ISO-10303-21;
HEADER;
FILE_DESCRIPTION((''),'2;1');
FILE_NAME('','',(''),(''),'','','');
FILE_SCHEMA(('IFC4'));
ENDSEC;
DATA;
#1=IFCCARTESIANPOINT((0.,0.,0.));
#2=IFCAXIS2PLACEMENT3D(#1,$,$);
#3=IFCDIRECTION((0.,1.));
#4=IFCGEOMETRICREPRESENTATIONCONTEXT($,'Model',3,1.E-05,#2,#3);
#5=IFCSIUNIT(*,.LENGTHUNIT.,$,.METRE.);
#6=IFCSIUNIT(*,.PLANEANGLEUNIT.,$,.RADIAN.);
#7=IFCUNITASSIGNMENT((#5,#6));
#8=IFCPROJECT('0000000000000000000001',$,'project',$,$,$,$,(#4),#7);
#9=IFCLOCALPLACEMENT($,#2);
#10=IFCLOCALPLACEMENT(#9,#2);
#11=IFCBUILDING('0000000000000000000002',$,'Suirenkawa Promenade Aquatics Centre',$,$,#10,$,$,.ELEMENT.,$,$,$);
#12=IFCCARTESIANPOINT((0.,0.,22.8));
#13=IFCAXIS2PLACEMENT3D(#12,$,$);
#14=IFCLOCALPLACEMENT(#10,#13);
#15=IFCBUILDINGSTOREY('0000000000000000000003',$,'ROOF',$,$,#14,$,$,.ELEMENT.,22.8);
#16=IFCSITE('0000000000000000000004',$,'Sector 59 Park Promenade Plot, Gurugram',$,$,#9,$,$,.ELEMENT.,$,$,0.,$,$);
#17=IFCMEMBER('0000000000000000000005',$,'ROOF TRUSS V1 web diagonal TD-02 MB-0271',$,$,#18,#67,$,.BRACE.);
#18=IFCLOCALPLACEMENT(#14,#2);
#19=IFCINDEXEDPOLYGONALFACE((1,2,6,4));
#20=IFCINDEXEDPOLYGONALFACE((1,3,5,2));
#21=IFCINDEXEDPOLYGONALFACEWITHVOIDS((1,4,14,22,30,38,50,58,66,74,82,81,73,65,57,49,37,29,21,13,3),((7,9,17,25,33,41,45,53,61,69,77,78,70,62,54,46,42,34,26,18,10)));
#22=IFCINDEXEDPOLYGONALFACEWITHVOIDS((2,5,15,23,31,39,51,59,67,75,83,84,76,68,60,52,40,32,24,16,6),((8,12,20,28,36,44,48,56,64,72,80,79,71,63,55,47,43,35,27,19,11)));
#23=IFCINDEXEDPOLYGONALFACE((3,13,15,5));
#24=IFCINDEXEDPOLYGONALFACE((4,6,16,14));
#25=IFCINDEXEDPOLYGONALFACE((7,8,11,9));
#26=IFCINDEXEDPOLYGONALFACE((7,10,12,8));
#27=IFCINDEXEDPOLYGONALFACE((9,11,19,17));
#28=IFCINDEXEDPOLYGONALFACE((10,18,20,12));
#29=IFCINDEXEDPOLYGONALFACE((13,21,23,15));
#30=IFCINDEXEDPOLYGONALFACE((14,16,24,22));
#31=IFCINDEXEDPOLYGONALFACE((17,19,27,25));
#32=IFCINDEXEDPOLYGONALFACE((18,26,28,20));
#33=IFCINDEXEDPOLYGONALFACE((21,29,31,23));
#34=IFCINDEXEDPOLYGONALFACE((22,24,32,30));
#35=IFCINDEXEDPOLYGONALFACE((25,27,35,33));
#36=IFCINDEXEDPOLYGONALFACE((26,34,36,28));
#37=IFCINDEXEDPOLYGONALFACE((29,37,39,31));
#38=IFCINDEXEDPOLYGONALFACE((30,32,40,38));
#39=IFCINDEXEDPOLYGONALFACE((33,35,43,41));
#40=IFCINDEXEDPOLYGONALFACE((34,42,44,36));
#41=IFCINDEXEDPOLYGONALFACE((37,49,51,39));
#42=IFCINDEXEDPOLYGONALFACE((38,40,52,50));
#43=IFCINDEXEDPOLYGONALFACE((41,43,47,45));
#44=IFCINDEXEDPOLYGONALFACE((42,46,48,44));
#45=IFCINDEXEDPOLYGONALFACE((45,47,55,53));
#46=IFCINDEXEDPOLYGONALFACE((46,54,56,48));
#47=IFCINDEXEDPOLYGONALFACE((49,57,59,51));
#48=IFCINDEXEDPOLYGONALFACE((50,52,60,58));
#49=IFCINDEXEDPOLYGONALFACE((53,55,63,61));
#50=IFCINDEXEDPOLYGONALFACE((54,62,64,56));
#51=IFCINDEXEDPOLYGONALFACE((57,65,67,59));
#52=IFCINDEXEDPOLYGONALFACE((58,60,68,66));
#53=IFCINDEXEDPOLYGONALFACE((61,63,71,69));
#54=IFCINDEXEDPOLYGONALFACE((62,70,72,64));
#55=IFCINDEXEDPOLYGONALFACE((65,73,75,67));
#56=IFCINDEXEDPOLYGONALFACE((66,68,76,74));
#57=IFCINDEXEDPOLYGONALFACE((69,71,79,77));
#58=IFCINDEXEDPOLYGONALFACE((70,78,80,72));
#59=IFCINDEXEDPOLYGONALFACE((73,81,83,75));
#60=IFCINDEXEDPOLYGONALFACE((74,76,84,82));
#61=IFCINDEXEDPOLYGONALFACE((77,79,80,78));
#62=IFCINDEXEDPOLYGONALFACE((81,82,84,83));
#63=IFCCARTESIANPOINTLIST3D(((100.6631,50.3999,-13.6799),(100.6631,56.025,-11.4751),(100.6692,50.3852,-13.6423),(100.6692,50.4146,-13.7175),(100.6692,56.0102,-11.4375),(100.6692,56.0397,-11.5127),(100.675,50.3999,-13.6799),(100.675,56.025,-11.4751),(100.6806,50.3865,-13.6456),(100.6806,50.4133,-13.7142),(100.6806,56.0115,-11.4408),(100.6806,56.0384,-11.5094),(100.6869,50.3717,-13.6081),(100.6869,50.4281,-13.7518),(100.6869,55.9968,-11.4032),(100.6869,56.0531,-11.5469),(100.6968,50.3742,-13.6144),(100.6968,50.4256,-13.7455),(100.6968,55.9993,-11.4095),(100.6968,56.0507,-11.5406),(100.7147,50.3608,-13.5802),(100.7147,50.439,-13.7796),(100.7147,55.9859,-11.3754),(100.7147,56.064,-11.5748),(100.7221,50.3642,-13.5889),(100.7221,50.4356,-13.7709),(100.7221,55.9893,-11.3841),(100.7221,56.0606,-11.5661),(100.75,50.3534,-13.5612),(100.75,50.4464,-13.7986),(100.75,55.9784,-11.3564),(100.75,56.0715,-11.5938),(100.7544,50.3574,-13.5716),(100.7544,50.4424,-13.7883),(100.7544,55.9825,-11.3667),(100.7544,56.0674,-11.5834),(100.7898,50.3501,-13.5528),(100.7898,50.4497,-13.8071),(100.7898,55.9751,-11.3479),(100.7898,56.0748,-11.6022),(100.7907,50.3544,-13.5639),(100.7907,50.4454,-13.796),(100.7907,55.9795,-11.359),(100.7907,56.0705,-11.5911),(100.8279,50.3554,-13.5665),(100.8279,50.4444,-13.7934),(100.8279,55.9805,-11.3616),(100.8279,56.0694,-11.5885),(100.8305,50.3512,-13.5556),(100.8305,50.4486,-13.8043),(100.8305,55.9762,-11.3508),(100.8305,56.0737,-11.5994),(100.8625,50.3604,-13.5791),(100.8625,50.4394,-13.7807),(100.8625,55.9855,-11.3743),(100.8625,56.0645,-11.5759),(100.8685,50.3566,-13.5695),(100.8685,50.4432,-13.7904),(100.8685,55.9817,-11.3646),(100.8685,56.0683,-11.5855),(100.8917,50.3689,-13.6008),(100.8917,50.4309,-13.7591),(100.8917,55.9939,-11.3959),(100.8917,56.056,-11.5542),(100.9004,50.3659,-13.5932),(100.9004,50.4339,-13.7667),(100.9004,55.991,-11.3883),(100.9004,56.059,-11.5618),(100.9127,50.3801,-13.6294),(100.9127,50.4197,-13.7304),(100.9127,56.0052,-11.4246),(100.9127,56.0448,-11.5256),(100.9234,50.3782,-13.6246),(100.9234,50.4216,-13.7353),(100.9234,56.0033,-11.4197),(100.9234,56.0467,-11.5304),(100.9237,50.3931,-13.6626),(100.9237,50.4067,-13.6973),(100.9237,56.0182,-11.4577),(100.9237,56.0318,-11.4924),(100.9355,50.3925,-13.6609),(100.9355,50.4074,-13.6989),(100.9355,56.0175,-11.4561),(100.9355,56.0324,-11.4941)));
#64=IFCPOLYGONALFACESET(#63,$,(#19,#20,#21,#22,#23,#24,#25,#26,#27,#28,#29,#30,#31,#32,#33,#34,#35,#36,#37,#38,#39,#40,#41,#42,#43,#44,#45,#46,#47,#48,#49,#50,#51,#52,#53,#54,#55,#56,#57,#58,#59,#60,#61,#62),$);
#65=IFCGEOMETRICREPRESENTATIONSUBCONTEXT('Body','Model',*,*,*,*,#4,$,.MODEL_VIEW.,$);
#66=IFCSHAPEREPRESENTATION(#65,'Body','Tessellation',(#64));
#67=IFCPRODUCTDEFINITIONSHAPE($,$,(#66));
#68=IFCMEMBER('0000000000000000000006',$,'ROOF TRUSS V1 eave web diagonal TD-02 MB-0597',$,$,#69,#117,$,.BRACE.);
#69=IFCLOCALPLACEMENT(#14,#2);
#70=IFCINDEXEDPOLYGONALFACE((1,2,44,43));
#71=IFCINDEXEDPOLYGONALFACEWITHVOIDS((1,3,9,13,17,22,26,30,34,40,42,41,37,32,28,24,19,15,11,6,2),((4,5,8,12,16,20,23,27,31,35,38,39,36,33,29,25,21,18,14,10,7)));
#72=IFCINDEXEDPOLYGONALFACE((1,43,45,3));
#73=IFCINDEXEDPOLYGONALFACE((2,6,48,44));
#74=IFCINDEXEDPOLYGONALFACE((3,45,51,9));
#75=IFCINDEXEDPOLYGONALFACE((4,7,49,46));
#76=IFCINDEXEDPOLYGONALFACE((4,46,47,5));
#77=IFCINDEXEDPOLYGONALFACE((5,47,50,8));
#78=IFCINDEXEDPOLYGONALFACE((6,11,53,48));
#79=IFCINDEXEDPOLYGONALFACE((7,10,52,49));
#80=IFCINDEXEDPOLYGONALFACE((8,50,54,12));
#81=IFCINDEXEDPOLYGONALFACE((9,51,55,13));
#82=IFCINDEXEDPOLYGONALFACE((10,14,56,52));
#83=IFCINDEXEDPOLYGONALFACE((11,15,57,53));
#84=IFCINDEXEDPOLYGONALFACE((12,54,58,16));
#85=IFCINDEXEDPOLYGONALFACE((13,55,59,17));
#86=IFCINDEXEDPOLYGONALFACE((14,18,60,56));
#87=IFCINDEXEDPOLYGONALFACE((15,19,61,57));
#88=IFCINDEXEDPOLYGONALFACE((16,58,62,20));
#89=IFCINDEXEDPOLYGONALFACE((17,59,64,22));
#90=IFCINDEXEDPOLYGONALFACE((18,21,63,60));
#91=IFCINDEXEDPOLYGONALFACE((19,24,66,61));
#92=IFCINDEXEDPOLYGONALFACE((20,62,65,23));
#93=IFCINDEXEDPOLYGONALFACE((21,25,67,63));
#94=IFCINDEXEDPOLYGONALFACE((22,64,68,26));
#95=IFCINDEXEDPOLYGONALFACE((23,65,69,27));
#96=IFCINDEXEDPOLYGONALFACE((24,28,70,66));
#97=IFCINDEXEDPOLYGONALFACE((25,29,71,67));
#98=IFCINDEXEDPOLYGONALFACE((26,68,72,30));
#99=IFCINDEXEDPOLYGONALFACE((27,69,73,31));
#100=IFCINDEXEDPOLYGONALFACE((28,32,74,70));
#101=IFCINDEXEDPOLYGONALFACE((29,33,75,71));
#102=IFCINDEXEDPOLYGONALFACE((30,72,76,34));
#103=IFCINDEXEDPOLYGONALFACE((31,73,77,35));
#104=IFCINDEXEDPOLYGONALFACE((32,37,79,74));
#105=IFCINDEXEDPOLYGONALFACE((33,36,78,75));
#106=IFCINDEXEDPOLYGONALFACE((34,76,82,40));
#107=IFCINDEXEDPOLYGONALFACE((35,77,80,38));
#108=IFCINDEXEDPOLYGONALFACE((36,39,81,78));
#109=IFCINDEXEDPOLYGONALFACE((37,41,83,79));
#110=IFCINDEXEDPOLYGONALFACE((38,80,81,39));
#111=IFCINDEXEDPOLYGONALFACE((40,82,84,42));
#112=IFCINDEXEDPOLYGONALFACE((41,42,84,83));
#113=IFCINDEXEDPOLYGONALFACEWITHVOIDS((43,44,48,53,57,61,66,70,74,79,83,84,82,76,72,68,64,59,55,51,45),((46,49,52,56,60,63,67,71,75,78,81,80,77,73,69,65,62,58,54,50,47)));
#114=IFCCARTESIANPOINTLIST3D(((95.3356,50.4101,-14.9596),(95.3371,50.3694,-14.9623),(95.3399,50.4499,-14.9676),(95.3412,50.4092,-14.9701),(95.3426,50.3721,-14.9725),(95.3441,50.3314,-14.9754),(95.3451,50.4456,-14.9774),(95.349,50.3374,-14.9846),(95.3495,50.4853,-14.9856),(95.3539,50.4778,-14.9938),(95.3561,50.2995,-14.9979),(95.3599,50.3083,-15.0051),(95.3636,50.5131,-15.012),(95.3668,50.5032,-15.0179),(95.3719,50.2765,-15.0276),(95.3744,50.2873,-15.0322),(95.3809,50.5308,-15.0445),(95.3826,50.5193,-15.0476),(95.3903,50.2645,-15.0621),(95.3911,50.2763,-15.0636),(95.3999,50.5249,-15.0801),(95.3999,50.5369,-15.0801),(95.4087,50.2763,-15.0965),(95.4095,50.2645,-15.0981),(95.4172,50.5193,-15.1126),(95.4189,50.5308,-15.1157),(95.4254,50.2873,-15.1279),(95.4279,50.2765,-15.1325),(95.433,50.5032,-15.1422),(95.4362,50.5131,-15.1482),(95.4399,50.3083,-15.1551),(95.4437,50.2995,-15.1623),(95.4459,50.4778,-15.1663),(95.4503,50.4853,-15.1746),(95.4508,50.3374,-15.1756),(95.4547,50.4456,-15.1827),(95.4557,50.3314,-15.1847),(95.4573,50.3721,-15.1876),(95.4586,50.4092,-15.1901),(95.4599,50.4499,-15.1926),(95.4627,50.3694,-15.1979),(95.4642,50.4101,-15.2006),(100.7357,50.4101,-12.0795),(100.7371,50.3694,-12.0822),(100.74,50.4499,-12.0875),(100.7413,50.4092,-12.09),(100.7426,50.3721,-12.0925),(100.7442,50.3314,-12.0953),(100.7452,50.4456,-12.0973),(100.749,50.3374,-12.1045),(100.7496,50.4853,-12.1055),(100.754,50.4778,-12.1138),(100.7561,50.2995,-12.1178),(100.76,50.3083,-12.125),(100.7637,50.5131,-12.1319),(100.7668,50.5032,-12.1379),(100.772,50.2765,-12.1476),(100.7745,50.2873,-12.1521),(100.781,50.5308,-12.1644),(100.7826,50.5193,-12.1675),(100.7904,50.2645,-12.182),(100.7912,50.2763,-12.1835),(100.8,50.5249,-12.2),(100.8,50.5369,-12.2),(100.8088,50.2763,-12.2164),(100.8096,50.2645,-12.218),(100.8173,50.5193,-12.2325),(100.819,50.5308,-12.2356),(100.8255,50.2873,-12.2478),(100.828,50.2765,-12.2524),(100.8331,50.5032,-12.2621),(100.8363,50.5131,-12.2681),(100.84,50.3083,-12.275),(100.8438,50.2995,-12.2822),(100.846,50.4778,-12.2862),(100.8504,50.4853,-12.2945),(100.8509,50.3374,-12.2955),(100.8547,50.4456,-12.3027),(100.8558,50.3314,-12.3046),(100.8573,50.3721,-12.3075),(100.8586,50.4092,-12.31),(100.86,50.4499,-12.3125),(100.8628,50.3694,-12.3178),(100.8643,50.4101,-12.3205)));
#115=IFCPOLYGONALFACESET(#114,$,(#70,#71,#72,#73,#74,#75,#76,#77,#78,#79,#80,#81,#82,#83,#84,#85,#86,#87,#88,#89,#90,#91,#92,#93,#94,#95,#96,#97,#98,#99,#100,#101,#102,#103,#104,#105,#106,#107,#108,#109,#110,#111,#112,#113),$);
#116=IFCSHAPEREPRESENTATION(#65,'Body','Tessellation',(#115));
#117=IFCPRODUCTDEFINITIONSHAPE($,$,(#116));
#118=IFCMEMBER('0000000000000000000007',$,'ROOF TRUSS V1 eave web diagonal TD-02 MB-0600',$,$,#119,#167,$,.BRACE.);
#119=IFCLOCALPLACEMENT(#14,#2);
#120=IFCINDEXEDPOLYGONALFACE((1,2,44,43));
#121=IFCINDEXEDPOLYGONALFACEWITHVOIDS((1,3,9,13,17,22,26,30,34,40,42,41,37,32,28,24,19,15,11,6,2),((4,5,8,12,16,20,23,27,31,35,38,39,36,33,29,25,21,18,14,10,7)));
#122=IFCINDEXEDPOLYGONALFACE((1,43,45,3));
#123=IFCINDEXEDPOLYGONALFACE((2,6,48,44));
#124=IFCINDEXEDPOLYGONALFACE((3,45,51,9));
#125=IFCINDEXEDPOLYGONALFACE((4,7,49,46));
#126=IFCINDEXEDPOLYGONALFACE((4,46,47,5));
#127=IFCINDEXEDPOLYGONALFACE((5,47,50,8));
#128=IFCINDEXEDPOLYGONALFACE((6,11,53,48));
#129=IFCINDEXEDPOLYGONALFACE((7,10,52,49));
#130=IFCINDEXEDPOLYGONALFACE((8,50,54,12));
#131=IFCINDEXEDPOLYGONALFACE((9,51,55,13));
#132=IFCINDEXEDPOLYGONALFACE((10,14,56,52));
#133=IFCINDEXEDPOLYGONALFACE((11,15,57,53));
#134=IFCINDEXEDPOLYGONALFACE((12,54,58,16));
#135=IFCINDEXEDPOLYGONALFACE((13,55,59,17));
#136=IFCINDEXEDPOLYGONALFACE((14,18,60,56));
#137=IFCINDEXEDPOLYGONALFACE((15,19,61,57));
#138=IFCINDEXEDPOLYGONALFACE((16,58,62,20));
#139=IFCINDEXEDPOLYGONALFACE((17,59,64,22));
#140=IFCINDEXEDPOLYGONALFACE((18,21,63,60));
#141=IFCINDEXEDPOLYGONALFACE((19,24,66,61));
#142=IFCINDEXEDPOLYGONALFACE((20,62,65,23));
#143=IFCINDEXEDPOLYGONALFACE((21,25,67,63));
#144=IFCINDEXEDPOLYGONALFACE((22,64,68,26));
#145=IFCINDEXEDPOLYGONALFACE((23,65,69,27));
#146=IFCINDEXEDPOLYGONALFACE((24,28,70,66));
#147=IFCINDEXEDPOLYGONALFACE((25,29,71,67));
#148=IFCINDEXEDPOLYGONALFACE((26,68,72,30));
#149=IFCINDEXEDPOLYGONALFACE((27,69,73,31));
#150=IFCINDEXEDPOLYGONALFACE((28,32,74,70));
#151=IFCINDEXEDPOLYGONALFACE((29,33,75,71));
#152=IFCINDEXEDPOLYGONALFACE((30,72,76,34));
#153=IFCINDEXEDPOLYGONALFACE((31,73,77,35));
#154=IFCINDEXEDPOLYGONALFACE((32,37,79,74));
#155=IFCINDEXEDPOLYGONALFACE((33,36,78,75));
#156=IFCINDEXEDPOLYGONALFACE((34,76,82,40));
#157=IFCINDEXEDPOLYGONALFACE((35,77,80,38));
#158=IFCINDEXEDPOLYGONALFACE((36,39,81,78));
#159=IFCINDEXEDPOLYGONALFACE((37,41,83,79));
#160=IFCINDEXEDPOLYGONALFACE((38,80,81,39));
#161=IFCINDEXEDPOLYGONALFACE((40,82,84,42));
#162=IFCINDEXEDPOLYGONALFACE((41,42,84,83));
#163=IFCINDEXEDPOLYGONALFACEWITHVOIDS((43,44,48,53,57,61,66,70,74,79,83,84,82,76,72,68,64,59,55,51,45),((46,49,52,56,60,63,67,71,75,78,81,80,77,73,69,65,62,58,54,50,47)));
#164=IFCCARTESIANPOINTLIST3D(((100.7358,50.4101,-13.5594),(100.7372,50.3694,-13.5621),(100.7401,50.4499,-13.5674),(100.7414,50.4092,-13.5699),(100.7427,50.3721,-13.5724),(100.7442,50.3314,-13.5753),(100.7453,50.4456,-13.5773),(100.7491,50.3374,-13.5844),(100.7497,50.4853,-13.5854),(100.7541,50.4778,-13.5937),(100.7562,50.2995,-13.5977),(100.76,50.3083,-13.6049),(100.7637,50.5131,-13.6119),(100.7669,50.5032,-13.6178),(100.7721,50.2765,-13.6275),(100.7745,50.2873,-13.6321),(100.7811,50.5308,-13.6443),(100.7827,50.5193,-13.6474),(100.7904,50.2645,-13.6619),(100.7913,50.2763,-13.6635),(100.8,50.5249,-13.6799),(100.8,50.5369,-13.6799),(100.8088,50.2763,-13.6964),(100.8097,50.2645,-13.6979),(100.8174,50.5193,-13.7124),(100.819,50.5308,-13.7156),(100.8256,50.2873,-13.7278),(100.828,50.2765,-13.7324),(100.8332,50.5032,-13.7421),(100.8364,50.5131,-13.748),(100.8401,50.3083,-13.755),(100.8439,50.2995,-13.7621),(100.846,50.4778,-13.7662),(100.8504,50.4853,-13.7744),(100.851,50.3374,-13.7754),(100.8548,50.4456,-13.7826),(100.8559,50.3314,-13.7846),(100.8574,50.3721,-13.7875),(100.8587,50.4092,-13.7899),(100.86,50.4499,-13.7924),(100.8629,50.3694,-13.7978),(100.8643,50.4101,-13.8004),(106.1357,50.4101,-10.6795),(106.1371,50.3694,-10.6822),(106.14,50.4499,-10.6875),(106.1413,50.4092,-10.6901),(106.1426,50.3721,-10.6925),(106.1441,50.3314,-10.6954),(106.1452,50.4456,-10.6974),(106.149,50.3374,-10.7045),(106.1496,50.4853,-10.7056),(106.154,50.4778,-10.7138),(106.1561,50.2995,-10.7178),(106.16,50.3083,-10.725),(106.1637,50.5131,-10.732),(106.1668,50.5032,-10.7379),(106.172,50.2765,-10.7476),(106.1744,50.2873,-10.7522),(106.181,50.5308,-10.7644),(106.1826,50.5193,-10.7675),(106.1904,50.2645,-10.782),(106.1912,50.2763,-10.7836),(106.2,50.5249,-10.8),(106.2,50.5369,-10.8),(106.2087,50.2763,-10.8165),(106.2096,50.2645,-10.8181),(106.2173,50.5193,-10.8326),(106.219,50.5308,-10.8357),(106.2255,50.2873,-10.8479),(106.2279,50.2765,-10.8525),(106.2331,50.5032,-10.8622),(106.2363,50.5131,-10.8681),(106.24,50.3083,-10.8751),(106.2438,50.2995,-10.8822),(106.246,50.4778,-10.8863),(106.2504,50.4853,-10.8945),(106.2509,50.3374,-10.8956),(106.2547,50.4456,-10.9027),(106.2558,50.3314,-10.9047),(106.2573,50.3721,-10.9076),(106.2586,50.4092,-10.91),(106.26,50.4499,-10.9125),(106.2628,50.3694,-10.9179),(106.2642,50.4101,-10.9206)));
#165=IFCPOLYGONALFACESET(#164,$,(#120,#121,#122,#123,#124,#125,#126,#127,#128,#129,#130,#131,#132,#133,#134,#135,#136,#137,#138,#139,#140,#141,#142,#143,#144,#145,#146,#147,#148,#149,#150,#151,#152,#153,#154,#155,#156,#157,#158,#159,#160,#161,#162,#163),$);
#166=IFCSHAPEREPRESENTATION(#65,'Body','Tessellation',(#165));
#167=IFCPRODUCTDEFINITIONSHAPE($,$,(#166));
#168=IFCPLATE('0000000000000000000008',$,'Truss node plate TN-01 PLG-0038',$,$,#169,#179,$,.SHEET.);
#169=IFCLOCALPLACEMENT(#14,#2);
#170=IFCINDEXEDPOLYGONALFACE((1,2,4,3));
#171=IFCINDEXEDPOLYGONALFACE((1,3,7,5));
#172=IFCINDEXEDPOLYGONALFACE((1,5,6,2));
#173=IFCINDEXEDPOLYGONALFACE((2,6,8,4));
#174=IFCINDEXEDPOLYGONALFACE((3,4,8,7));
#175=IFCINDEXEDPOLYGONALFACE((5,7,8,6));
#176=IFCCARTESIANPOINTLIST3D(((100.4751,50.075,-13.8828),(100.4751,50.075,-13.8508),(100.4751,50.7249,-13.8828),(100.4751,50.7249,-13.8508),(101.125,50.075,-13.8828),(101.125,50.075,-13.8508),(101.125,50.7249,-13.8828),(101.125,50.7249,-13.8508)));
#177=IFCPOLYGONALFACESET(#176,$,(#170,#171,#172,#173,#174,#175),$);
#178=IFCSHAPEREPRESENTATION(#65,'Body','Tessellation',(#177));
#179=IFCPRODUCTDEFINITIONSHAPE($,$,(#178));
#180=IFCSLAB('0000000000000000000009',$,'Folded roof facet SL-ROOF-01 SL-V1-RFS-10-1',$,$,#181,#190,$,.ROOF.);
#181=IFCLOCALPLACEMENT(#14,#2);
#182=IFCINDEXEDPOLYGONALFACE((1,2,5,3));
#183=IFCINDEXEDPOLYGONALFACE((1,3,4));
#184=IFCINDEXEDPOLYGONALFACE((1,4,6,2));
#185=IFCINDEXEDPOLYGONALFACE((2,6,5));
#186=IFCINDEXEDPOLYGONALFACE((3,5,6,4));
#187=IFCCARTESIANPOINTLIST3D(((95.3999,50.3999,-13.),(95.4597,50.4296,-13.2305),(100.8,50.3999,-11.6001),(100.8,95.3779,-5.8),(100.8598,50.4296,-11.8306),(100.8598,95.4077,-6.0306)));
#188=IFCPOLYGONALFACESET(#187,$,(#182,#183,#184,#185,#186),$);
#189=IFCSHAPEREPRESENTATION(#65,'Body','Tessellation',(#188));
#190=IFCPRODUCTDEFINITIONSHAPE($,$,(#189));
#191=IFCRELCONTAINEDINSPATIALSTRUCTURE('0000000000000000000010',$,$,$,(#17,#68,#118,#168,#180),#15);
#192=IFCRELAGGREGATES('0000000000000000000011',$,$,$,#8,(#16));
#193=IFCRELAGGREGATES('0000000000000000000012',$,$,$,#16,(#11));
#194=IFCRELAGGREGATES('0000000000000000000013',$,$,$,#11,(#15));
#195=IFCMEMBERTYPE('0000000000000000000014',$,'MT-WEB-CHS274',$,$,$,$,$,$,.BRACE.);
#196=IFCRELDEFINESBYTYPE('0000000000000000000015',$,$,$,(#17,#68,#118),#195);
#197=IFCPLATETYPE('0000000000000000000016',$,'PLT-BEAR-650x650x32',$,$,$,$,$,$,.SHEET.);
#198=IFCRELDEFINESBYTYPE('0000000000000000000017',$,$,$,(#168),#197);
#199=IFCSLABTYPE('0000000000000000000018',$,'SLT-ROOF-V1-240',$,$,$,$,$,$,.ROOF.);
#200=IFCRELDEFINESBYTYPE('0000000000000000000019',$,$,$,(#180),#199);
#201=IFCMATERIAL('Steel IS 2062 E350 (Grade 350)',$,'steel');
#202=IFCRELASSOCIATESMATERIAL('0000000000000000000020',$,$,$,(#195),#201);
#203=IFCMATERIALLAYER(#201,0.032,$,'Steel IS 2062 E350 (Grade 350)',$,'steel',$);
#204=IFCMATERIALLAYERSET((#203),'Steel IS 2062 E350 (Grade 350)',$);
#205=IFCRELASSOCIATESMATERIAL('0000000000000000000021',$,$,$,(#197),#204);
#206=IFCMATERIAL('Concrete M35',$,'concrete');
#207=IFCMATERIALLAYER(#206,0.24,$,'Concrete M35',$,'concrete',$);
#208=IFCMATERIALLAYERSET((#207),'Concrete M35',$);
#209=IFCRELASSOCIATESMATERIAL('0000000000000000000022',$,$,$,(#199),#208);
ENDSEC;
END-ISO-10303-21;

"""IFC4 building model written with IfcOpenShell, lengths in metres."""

from ifc_helpers import new_model, si_unit, direction, frame, origin, origin_2d, place, context, subcontext, project, spatial, polyline, rectangle, hollow_circle, outline, extrude, material, layer, layer_set, material_profile, profile_set, type_object, element, save


model = new_model("IFC4")

# Units and contexts
model_context = context("Model", 3, precision=1e-05, world=origin(), true_north=direction((0.0, 1.0)))
body_context = subcontext(model_context, "Body", "Model", "MODEL_VIEW")
ifc_project = project(units=[si_unit("LENGTHUNIT", "METRE"), si_unit("PLANEANGLEUNIT", "RADIAN")], contexts=[model_context])

# Site, building, storey
site_placement = place(None, origin())
site = spatial("IfcSite", under=ifc_project, at=site_placement, Name="Sector 59 Park Promenade Plot, Gurugram", CompositionType="ELEMENT", RefElevation=0.0)
building_placement = place(site_placement, origin())
building = spatial("IfcBuilding", under=site, at=building_placement, Name="Suirenkawa Promenade Aquatics Centre", CompositionType="ELEMENT")
storey_placement = place(building_placement, frame((0.0, 0.0, 22.8)))
storey = spatial("IfcBuildingStorey", under=building, at=storey_placement, Name="ROOF", CompositionType="ELEMENT", Elevation=22.8)

# Shared definitions
ifc_material_1 = material(Name="Steel IS 2062 E350 (Grade 350)", Category="steel")

# Members
ifc_material_profile_1 = material_profile(ifc_material_1, hollow_circle(Radius=0.137, WallThickness=0.012, at=origin_2d()), Name="CHS 274x12", Category="steel")
ifc_profile_set_1 = profile_set([ifc_material_profile_1], Name="Steel IS 2062 E350 (Grade 350)")
member_type_1 = type_object("IfcMemberType", Name="MT-WEB-CHS274", PredefinedType="BRACE", material=ifc_profile_set_1)
member_1_placement = place(storey_placement, frame((100.8, 50.3999, -13.6799), z_axis=(0.0, 0.931032, 0.364937), x_axis=(-1.0, 0.0, 0.0)))
element("IfcMember", 1, at=member_1_placement, inside=storey, type_object=member_type_1, Name="ROOF TRUSS V1 web diagonal TD-02 MB-0271", PredefinedType="BRACE", context=body_context, shape_type="SweptSolid", body=[
    extrude(hollow_circle(Radius=0.137, WallThickness=0.012, at=origin_2d()), origin(), (0.0, 0.0, 1.0), 6.0417),
])
member_2_placement = place(storey_placement, frame((95.3999, 50.3999, -15.0801), z_axis=(0.88235, 0.0, 0.470594), x_axis=(0.0, 1.0, 0.0)))
element("IfcMember", 2, at=member_2_placement, inside=storey, type_object=member_type_1, Name="ROOF TRUSS V1 eave web diagonal TD-02 MB-0597", PredefinedType="BRACE", context=body_context, shape_type="SweptSolid", body=[
    extrude(hollow_circle(Radius=0.137, WallThickness=0.012, at=origin_2d()), origin(), (0.0, 0.0, 1.0), 6.1201),
])
member_3_placement = place(storey_placement, frame((100.8, 50.3999, -13.6799), z_axis=(0.882357, 0.0, 0.47058), x_axis=(0.0, 1.0, 0.0)))
element("IfcMember", 3, at=member_3_placement, inside=storey, type_object=member_type_1, Name="ROOF TRUSS V1 eave web diagonal TD-02 MB-0600", PredefinedType="BRACE", context=body_context, shape_type="SweptSolid", body=[
    extrude(hollow_circle(Radius=0.137, WallThickness=0.012, at=origin_2d()), origin(), (0.0, 0.0, 1.0), 6.1199),
])

# Plate
ifc_layer_1 = layer(ifc_material_1, 0.032, Name="Steel IS 2062 E350 (Grade 350)", Category="steel")
ifc_layer_set_1 = layer_set([ifc_layer_1], Name="Steel IS 2062 E350 (Grade 350)")
plate_type = type_object("IfcPlateType", Name="PLT-BEAR-650x650x32", PredefinedType="SHEET", material=ifc_layer_set_1)
plate_placement = place(storey_placement, frame((100.8, 50.3999, -13.8828), z_axis=(0.0, 0.0, 1.0), x_axis=(1.0, 0.0, 0.0)))
element("IfcPlate", 4, at=plate_placement, inside=storey, type_object=plate_type, Name="Truss node plate TN-01 PLG-0038", PredefinedType="SHEET", context=body_context, shape_type="SweptSolid", body=[
    extrude(rectangle(XDim=0.6499, YDim=0.6499, at=origin_2d()), origin(), (0.0, 0.0, 1.0), 0.032),
])

# Slab
ifc_material_2 = material(Name="Concrete M35", Category="concrete")
ifc_layer_2 = layer(ifc_material_2, 0.24, Name="Concrete M35", Category="concrete")
ifc_layer_set_2 = layer_set([ifc_layer_2], Name="Concrete M35")
slab_type = type_object("IfcSlabType", Name="SLT-ROOF-V1-240", PredefinedType="ROOF", material=ifc_layer_set_2)
slab_1_placement = place(storey_placement, frame((95.3999, 50.3999, -13.0), z_axis=(-0.249007, -0.123866, 0.960548), x_axis=(0.968003, 0.0, 0.250939)))
element("IfcSlab", 5, at=slab_1_placement, inside=storey, type_object=slab_type, Name="Folded roof facet SL-ROOF-01 SL-V1-RFS-10-1", PredefinedType="ROOF", context=body_context, shape_type="SweptSolid", body=[
    extrude(outline(polyline([(0.0, 0.0), (5.5786, 0.0), (7.0341, 45.3271), (0.0, 0.0)])), origin(), (0.0, 0.0, -1.0), 0.24),
])

save(model, "model.ifc")
